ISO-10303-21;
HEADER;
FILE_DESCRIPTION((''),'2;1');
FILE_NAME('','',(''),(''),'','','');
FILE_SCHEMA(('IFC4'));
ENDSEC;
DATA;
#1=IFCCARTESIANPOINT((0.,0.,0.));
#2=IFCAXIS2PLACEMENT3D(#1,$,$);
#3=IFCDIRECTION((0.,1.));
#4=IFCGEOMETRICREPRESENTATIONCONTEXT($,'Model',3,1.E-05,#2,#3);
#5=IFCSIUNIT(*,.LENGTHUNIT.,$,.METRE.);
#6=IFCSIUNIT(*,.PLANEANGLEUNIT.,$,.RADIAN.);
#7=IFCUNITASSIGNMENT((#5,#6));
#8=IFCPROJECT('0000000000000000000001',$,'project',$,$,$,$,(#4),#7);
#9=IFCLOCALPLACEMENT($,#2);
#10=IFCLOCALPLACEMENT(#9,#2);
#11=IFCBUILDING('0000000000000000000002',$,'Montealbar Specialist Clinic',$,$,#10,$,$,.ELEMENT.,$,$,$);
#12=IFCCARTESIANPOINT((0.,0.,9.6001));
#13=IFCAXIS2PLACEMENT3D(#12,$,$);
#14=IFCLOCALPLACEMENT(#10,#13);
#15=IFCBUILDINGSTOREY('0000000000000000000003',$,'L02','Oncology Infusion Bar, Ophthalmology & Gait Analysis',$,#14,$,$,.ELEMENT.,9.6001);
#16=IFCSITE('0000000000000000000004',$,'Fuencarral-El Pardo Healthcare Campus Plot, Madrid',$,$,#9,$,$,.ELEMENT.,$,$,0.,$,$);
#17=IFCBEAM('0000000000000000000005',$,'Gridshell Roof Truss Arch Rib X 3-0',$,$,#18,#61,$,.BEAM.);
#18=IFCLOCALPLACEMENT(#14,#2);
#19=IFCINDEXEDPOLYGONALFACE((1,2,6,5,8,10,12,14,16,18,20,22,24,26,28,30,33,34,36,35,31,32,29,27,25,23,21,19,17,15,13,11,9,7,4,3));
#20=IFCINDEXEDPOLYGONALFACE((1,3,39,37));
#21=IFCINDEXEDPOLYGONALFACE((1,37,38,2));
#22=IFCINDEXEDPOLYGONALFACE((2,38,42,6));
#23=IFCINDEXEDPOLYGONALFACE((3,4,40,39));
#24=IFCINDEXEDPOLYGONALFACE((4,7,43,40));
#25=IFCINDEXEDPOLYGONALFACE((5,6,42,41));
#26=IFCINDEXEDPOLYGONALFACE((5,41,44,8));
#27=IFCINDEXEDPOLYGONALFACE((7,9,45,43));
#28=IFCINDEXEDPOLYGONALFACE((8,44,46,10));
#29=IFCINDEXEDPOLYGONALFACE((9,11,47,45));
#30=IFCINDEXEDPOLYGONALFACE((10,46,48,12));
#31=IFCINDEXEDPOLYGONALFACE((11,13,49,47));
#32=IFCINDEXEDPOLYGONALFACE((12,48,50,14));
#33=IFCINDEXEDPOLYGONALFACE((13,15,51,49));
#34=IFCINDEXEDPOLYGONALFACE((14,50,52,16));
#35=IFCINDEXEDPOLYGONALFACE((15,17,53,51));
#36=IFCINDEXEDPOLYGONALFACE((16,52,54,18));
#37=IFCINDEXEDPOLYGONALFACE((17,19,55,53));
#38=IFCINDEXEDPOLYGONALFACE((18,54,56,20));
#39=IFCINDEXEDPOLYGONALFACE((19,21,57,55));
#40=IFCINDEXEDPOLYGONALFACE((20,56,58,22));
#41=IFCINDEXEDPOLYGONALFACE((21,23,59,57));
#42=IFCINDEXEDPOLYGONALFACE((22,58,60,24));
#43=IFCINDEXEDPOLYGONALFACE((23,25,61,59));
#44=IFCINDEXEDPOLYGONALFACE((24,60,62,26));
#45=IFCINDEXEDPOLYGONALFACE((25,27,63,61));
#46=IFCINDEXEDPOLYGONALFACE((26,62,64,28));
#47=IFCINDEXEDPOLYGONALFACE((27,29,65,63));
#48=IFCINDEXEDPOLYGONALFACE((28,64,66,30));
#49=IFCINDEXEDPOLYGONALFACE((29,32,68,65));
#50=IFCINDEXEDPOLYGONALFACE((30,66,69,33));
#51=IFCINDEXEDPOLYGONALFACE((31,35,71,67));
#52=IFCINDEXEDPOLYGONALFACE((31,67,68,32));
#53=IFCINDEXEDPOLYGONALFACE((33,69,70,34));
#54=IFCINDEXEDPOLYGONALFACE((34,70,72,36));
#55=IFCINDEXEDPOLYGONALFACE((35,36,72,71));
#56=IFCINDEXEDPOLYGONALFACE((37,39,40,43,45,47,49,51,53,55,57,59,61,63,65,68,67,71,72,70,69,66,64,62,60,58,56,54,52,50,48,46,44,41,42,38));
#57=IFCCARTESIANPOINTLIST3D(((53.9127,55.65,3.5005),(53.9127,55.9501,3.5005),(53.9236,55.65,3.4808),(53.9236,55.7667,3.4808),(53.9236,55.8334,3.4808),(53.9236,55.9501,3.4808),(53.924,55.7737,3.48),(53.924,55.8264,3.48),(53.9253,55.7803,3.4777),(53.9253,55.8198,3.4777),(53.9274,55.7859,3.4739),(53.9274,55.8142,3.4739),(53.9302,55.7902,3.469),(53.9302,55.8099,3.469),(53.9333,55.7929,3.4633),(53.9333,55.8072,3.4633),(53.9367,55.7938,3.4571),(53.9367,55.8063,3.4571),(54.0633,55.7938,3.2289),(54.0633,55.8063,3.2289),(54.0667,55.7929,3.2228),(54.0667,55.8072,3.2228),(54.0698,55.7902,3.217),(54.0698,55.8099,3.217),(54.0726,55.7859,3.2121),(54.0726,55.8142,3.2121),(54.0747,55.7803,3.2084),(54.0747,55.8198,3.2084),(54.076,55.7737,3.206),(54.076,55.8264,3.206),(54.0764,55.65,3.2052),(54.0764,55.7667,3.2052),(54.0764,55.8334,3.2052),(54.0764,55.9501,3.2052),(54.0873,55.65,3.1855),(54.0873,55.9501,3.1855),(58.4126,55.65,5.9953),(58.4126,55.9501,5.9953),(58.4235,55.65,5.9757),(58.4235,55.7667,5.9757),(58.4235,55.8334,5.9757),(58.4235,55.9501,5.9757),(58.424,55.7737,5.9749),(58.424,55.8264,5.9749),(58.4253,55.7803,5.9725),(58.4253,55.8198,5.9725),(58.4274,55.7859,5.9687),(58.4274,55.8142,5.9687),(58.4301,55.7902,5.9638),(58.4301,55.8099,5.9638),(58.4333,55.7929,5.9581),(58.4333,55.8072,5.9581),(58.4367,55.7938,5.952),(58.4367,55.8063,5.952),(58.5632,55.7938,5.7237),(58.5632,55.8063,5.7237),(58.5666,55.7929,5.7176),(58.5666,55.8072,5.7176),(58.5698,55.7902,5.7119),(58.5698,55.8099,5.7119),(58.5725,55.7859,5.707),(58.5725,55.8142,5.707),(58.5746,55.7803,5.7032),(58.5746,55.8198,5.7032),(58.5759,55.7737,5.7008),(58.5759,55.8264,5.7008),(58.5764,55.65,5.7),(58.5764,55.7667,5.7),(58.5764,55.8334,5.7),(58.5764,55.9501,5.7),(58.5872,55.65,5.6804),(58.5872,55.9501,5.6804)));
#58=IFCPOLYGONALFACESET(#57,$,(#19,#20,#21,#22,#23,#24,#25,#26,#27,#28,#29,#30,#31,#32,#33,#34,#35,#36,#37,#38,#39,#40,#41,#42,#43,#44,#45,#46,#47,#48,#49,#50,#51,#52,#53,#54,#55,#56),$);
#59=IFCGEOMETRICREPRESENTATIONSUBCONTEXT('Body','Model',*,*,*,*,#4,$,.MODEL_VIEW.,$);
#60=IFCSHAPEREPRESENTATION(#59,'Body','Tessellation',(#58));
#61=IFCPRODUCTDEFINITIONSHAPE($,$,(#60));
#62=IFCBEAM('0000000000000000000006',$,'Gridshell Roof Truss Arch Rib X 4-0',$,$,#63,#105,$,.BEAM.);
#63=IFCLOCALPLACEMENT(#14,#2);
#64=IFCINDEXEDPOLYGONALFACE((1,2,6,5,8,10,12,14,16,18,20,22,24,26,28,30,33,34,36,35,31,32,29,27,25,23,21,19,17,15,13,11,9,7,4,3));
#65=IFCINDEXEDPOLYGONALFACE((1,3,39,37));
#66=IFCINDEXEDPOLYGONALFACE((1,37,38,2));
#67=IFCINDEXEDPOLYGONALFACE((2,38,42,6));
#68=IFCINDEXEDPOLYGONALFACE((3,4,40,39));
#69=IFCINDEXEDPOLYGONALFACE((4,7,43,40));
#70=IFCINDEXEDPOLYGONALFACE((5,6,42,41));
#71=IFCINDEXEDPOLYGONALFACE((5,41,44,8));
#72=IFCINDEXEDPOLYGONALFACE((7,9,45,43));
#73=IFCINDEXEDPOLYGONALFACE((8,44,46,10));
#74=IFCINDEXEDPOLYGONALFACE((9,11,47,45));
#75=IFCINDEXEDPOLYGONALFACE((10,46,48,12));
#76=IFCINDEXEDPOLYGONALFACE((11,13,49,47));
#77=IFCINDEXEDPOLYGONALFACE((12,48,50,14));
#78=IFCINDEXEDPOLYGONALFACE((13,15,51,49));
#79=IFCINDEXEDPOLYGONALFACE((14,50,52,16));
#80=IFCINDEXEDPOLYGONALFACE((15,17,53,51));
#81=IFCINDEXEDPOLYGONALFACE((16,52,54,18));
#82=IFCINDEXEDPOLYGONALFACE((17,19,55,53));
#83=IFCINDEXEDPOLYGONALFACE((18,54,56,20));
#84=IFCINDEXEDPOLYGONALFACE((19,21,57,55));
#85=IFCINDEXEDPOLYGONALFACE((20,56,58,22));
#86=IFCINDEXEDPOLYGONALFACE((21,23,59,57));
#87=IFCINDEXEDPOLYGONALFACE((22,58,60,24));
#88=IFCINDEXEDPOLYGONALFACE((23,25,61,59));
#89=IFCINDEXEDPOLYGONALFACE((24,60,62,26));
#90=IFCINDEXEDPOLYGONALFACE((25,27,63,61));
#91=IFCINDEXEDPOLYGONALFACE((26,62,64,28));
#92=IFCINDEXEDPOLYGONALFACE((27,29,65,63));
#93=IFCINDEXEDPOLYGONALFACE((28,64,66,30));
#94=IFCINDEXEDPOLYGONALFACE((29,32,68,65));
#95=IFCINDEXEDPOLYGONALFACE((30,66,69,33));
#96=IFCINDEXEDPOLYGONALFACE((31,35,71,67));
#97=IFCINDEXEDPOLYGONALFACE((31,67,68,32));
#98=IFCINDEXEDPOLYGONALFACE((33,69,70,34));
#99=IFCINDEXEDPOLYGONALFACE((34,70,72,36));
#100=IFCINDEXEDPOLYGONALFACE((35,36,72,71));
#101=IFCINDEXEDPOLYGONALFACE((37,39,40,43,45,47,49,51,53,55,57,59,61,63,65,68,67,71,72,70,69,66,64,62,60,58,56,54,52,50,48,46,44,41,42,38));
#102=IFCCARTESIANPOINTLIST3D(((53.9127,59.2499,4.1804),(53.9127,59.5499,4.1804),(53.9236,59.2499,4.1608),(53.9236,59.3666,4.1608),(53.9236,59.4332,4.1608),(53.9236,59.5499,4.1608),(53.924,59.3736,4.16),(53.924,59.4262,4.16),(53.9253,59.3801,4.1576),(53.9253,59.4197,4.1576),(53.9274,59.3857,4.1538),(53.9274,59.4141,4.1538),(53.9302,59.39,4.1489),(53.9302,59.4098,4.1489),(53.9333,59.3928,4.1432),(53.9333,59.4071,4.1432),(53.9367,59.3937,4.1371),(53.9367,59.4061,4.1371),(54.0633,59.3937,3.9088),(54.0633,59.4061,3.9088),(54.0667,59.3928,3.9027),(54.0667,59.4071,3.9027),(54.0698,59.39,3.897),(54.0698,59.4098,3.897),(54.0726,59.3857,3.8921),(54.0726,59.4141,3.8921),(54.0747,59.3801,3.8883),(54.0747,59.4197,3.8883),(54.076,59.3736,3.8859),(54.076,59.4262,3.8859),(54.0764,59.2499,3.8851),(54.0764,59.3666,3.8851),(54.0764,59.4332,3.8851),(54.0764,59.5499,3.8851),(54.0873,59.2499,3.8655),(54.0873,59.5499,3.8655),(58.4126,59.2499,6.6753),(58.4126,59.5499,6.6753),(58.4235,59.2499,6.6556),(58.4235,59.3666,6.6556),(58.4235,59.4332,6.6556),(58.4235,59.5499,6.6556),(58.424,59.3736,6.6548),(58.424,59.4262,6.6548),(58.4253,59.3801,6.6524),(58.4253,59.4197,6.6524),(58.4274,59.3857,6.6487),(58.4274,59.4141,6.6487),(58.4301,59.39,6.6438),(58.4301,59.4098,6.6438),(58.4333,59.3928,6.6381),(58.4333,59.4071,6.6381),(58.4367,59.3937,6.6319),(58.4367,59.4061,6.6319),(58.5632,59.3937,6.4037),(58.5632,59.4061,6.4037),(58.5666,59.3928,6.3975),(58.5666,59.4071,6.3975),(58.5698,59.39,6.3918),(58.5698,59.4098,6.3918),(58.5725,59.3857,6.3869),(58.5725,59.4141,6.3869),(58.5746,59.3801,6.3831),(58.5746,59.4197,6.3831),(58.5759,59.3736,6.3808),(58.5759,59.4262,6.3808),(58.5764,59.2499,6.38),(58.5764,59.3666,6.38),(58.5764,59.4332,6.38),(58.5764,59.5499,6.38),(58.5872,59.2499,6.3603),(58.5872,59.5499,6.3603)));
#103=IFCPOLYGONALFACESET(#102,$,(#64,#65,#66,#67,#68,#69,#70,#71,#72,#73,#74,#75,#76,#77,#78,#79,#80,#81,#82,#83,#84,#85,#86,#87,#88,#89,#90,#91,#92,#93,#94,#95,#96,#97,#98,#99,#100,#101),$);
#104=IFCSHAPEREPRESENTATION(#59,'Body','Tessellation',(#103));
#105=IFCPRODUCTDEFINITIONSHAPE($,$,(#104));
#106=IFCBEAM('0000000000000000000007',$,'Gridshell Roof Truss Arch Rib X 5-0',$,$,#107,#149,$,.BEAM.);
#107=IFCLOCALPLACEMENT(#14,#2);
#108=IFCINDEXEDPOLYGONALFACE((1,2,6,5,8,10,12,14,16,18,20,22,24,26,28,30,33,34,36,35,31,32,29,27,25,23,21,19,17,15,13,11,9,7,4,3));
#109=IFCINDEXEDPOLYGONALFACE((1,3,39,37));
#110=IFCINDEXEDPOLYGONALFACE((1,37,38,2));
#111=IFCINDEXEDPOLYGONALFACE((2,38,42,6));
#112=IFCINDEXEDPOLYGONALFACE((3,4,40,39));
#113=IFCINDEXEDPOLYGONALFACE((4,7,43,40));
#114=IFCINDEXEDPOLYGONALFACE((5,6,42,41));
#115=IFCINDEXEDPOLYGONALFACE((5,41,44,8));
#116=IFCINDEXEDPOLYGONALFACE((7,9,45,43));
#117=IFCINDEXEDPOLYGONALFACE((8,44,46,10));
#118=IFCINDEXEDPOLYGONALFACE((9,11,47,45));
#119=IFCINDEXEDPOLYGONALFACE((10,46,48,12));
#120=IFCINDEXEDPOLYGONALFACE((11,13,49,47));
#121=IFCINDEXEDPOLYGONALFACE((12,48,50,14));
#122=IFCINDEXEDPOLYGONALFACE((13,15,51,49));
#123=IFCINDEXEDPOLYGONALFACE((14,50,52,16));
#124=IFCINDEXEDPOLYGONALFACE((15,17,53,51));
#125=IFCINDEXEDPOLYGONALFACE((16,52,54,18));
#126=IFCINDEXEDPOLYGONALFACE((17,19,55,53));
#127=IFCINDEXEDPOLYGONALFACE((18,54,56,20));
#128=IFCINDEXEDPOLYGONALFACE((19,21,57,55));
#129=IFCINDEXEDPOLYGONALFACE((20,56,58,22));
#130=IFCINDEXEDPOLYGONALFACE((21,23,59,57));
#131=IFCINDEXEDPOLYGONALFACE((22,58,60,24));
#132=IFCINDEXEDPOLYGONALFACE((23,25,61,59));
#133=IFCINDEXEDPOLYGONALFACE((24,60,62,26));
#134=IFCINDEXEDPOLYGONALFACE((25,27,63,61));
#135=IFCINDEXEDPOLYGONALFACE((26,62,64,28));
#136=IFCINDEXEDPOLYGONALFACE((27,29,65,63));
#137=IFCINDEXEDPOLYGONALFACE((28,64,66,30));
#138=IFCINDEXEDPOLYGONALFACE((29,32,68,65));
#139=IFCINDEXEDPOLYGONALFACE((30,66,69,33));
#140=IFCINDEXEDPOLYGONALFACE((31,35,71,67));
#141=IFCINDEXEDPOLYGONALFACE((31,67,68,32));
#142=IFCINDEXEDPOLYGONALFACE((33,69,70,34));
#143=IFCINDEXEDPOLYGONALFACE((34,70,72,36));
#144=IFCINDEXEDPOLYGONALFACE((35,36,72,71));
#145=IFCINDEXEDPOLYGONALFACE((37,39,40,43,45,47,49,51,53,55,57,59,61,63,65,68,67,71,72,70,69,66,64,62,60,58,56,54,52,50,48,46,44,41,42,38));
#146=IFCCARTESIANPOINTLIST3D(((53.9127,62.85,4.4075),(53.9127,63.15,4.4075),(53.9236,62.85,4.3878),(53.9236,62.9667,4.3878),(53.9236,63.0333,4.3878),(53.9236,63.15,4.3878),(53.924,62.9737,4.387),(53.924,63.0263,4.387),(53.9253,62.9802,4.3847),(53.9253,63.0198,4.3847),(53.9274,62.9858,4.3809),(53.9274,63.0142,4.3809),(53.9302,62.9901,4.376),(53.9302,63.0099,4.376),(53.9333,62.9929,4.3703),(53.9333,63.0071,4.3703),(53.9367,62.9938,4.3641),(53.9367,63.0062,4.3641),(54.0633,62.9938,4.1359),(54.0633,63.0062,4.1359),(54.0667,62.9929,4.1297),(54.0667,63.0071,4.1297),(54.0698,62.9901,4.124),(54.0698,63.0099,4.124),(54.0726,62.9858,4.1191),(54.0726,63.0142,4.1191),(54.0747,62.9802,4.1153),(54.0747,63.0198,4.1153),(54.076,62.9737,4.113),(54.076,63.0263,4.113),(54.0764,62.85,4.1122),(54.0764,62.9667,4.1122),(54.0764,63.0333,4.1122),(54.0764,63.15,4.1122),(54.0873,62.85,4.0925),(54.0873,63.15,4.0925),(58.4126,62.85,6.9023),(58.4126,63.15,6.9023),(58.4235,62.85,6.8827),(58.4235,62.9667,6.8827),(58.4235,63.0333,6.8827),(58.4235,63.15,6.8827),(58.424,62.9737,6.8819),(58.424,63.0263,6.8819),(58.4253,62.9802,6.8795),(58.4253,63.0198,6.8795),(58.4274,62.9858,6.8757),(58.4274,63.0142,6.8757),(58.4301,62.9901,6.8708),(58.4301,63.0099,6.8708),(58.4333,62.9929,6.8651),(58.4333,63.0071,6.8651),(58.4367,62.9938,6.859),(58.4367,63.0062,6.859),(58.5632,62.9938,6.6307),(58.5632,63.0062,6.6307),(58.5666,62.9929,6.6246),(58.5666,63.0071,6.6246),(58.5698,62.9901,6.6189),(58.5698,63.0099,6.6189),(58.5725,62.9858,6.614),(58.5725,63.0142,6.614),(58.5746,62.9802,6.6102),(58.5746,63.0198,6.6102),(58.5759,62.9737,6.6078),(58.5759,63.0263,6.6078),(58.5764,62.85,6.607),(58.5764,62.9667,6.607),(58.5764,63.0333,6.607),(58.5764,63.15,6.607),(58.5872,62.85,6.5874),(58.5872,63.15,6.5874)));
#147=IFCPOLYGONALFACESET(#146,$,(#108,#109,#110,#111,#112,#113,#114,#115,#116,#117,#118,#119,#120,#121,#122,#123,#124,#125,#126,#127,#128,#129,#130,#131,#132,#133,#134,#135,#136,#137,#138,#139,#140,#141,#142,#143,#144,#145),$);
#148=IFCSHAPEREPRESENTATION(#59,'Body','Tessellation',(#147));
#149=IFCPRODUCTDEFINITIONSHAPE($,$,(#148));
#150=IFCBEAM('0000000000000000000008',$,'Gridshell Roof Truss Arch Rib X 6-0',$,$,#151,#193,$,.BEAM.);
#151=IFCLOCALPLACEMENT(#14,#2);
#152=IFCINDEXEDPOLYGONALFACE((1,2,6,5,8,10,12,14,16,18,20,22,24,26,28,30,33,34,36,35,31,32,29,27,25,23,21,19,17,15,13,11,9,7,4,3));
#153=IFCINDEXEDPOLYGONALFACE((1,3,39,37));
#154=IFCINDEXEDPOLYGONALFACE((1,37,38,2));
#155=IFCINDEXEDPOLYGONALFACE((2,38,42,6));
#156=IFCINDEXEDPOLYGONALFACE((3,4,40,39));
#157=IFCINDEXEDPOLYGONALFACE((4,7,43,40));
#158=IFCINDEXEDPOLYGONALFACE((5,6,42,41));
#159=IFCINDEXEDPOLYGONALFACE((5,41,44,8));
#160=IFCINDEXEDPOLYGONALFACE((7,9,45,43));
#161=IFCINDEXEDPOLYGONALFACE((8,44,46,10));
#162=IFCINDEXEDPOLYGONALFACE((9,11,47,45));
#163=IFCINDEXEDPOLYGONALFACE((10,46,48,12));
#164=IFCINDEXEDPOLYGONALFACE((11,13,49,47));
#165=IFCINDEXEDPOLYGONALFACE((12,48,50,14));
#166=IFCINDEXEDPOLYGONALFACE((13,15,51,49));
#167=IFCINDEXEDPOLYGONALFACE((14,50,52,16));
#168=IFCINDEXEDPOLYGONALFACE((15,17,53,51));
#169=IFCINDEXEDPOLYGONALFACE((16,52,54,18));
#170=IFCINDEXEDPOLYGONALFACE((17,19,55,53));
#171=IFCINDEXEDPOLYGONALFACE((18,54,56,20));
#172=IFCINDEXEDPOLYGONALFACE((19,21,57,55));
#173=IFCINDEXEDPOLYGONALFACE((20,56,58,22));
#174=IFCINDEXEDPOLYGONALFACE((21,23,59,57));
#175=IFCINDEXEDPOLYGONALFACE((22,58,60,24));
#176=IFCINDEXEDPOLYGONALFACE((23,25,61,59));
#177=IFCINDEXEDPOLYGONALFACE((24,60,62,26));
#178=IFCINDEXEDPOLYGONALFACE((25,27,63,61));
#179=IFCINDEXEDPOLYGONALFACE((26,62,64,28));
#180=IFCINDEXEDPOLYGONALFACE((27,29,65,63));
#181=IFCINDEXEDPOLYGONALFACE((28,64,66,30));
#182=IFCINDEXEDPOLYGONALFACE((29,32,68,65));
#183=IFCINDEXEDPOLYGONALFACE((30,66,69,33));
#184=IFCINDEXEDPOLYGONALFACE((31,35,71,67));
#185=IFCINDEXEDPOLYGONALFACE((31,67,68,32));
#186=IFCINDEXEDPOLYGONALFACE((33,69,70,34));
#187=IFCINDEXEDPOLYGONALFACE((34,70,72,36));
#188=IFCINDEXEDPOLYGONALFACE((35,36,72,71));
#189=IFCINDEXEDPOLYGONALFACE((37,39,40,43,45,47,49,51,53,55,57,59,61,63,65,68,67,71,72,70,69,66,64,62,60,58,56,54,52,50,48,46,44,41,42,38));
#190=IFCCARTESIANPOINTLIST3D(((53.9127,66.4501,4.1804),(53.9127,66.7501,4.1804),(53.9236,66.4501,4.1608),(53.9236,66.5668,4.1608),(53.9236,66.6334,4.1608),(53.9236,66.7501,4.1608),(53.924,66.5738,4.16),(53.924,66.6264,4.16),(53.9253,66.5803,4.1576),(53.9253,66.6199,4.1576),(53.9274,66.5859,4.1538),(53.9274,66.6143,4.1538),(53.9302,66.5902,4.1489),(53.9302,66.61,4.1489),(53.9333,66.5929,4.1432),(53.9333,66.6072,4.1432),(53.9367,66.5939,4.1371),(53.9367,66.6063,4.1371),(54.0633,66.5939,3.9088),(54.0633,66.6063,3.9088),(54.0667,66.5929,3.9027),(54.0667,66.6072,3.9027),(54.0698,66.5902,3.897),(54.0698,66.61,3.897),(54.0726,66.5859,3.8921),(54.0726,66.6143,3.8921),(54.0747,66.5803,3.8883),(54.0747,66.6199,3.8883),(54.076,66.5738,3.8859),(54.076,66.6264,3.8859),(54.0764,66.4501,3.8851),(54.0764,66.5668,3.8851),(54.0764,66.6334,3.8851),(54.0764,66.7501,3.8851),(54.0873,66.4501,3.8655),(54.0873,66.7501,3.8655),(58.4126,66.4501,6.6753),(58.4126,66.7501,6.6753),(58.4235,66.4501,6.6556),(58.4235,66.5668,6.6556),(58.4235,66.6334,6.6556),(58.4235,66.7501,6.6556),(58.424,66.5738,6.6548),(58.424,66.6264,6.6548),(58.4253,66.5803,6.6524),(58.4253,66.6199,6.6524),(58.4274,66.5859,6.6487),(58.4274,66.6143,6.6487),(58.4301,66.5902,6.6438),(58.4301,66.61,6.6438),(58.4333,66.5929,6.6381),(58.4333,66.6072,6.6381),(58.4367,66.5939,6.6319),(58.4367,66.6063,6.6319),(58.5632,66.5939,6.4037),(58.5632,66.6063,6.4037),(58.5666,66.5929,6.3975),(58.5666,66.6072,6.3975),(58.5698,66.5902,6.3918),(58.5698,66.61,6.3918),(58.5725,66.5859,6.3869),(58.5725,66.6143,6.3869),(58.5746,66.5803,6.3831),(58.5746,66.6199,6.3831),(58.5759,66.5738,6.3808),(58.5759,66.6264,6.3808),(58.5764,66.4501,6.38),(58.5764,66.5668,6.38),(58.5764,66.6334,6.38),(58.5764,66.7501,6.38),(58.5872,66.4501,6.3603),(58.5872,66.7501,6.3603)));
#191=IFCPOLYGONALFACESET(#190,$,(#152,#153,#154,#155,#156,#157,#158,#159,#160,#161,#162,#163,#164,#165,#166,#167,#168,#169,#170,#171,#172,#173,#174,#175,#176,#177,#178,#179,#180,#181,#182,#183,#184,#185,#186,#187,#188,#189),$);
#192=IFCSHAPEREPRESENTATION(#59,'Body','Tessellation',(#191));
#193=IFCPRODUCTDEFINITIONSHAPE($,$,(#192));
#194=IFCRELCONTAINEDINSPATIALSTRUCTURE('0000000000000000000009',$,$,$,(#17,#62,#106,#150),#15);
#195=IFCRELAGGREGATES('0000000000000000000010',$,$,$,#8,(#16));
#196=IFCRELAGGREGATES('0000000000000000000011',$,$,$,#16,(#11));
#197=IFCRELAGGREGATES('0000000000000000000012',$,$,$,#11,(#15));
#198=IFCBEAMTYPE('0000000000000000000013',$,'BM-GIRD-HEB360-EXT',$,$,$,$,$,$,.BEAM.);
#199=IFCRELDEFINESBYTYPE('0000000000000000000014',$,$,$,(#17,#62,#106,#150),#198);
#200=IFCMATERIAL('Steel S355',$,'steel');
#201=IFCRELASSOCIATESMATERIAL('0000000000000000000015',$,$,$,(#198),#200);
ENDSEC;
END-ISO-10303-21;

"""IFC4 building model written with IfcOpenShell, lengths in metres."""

from ifc_helpers import new_model, si_unit, direction, frame, origin, origin_2d, place, context, subcontext, project, spatial, i_section, extrude, material, material_profile, profile_set, type_object, element, save


model = new_model("IFC4")

# Units and contexts
model_context = context("Model", 3, precision=1e-05, world=origin(), true_north=direction((0.0, 1.0)))
body_context = subcontext(model_context, "Body", "Model", "MODEL_VIEW")
ifc_project = project(units=[si_unit("LENGTHUNIT", "METRE"), si_unit("PLANEANGLEUNIT", "RADIAN")], contexts=[model_context])

# Site, building, storey
site_placement = place(None, origin())
site = spatial("IfcSite", under=ifc_project, at=site_placement, Name="Fuencarral-El Pardo Healthcare Campus Plot, Madrid", CompositionType="ELEMENT", RefElevation=0.0)
building_placement = place(site_placement, origin())
building = spatial("IfcBuilding", under=site, at=building_placement, Name="Montealbar Specialist Clinic", CompositionType="ELEMENT")
storey_placement = place(building_placement, frame((0.0, 0.0, 9.6001)))
storey = spatial("IfcBuildingStorey", under=building, at=storey_placement, Name="L02", Description="Oncology Infusion Bar, Ophthalmology & Gait Analysis", CompositionType="ELEMENT", Elevation=9.6001)

# Beams
ifc_material_1 = material(Name="Steel S355", Category="steel")
ifc_material_profile_1 = material_profile(ifc_material_1, i_section(OverallWidth=0.3, OverallDepth=0.3601, WebThickness=0.0125, FlangeThickness=0.0225, FilletRadius=0.0271, at=origin_2d()), Name="HEB 360", Category="steel")
ifc_profile_set_1 = profile_set([ifc_material_profile_1], Name="Steel S355")
beam_type_1 = type_object("IfcBeamType", Name="BM-GIRD-HEB360-EXT", PredefinedType="BEAM", material=ifc_profile_set_1)
for number, where, z_axis, x_axis, name in (
    (1, (54.0, 55.8, 3.343), (0.87458, 0.0, 0.484881), (0.0, 1.0, 0.0), "Gridshell Roof Truss Arch Rib X 3-0"),
    (2, (54.0, 59.3999, 4.0229), (0.87458, 0.0, 0.484881), (0.0, 1.0, 0.0), "Gridshell Roof Truss Arch Rib X 4-0"),
    (3, (54.0, 63.0, 4.25), (0.87458, 0.0, 0.484881), (0.0, 1.0, 0.0), "Gridshell Roof Truss Arch Rib X 5-0"),
    (4, (54.0, 66.6001, 4.0229), (0.87458, 0.0, 0.484881), (0.0, 1.0, 0.0), "Gridshell Roof Truss Arch Rib X 6-0"),
):
    element("IfcBeam", number, at=place(storey_placement, frame(where, z_axis=z_axis, x_axis=x_axis)), inside=storey, type_object=beam_type_1, Name=name, PredefinedType="BEAM", context=body_context, shape_type="SweptSolid", body=[
        extrude(i_section(OverallWidth=0.3, OverallDepth=0.3601, WebThickness=0.0125, FlangeThickness=0.0225, FilletRadius=0.0271, at=origin_2d()), origin(), (0.0, 0.0, 1.0), 5.1453),
    ])

save(model, "model.ifc")
